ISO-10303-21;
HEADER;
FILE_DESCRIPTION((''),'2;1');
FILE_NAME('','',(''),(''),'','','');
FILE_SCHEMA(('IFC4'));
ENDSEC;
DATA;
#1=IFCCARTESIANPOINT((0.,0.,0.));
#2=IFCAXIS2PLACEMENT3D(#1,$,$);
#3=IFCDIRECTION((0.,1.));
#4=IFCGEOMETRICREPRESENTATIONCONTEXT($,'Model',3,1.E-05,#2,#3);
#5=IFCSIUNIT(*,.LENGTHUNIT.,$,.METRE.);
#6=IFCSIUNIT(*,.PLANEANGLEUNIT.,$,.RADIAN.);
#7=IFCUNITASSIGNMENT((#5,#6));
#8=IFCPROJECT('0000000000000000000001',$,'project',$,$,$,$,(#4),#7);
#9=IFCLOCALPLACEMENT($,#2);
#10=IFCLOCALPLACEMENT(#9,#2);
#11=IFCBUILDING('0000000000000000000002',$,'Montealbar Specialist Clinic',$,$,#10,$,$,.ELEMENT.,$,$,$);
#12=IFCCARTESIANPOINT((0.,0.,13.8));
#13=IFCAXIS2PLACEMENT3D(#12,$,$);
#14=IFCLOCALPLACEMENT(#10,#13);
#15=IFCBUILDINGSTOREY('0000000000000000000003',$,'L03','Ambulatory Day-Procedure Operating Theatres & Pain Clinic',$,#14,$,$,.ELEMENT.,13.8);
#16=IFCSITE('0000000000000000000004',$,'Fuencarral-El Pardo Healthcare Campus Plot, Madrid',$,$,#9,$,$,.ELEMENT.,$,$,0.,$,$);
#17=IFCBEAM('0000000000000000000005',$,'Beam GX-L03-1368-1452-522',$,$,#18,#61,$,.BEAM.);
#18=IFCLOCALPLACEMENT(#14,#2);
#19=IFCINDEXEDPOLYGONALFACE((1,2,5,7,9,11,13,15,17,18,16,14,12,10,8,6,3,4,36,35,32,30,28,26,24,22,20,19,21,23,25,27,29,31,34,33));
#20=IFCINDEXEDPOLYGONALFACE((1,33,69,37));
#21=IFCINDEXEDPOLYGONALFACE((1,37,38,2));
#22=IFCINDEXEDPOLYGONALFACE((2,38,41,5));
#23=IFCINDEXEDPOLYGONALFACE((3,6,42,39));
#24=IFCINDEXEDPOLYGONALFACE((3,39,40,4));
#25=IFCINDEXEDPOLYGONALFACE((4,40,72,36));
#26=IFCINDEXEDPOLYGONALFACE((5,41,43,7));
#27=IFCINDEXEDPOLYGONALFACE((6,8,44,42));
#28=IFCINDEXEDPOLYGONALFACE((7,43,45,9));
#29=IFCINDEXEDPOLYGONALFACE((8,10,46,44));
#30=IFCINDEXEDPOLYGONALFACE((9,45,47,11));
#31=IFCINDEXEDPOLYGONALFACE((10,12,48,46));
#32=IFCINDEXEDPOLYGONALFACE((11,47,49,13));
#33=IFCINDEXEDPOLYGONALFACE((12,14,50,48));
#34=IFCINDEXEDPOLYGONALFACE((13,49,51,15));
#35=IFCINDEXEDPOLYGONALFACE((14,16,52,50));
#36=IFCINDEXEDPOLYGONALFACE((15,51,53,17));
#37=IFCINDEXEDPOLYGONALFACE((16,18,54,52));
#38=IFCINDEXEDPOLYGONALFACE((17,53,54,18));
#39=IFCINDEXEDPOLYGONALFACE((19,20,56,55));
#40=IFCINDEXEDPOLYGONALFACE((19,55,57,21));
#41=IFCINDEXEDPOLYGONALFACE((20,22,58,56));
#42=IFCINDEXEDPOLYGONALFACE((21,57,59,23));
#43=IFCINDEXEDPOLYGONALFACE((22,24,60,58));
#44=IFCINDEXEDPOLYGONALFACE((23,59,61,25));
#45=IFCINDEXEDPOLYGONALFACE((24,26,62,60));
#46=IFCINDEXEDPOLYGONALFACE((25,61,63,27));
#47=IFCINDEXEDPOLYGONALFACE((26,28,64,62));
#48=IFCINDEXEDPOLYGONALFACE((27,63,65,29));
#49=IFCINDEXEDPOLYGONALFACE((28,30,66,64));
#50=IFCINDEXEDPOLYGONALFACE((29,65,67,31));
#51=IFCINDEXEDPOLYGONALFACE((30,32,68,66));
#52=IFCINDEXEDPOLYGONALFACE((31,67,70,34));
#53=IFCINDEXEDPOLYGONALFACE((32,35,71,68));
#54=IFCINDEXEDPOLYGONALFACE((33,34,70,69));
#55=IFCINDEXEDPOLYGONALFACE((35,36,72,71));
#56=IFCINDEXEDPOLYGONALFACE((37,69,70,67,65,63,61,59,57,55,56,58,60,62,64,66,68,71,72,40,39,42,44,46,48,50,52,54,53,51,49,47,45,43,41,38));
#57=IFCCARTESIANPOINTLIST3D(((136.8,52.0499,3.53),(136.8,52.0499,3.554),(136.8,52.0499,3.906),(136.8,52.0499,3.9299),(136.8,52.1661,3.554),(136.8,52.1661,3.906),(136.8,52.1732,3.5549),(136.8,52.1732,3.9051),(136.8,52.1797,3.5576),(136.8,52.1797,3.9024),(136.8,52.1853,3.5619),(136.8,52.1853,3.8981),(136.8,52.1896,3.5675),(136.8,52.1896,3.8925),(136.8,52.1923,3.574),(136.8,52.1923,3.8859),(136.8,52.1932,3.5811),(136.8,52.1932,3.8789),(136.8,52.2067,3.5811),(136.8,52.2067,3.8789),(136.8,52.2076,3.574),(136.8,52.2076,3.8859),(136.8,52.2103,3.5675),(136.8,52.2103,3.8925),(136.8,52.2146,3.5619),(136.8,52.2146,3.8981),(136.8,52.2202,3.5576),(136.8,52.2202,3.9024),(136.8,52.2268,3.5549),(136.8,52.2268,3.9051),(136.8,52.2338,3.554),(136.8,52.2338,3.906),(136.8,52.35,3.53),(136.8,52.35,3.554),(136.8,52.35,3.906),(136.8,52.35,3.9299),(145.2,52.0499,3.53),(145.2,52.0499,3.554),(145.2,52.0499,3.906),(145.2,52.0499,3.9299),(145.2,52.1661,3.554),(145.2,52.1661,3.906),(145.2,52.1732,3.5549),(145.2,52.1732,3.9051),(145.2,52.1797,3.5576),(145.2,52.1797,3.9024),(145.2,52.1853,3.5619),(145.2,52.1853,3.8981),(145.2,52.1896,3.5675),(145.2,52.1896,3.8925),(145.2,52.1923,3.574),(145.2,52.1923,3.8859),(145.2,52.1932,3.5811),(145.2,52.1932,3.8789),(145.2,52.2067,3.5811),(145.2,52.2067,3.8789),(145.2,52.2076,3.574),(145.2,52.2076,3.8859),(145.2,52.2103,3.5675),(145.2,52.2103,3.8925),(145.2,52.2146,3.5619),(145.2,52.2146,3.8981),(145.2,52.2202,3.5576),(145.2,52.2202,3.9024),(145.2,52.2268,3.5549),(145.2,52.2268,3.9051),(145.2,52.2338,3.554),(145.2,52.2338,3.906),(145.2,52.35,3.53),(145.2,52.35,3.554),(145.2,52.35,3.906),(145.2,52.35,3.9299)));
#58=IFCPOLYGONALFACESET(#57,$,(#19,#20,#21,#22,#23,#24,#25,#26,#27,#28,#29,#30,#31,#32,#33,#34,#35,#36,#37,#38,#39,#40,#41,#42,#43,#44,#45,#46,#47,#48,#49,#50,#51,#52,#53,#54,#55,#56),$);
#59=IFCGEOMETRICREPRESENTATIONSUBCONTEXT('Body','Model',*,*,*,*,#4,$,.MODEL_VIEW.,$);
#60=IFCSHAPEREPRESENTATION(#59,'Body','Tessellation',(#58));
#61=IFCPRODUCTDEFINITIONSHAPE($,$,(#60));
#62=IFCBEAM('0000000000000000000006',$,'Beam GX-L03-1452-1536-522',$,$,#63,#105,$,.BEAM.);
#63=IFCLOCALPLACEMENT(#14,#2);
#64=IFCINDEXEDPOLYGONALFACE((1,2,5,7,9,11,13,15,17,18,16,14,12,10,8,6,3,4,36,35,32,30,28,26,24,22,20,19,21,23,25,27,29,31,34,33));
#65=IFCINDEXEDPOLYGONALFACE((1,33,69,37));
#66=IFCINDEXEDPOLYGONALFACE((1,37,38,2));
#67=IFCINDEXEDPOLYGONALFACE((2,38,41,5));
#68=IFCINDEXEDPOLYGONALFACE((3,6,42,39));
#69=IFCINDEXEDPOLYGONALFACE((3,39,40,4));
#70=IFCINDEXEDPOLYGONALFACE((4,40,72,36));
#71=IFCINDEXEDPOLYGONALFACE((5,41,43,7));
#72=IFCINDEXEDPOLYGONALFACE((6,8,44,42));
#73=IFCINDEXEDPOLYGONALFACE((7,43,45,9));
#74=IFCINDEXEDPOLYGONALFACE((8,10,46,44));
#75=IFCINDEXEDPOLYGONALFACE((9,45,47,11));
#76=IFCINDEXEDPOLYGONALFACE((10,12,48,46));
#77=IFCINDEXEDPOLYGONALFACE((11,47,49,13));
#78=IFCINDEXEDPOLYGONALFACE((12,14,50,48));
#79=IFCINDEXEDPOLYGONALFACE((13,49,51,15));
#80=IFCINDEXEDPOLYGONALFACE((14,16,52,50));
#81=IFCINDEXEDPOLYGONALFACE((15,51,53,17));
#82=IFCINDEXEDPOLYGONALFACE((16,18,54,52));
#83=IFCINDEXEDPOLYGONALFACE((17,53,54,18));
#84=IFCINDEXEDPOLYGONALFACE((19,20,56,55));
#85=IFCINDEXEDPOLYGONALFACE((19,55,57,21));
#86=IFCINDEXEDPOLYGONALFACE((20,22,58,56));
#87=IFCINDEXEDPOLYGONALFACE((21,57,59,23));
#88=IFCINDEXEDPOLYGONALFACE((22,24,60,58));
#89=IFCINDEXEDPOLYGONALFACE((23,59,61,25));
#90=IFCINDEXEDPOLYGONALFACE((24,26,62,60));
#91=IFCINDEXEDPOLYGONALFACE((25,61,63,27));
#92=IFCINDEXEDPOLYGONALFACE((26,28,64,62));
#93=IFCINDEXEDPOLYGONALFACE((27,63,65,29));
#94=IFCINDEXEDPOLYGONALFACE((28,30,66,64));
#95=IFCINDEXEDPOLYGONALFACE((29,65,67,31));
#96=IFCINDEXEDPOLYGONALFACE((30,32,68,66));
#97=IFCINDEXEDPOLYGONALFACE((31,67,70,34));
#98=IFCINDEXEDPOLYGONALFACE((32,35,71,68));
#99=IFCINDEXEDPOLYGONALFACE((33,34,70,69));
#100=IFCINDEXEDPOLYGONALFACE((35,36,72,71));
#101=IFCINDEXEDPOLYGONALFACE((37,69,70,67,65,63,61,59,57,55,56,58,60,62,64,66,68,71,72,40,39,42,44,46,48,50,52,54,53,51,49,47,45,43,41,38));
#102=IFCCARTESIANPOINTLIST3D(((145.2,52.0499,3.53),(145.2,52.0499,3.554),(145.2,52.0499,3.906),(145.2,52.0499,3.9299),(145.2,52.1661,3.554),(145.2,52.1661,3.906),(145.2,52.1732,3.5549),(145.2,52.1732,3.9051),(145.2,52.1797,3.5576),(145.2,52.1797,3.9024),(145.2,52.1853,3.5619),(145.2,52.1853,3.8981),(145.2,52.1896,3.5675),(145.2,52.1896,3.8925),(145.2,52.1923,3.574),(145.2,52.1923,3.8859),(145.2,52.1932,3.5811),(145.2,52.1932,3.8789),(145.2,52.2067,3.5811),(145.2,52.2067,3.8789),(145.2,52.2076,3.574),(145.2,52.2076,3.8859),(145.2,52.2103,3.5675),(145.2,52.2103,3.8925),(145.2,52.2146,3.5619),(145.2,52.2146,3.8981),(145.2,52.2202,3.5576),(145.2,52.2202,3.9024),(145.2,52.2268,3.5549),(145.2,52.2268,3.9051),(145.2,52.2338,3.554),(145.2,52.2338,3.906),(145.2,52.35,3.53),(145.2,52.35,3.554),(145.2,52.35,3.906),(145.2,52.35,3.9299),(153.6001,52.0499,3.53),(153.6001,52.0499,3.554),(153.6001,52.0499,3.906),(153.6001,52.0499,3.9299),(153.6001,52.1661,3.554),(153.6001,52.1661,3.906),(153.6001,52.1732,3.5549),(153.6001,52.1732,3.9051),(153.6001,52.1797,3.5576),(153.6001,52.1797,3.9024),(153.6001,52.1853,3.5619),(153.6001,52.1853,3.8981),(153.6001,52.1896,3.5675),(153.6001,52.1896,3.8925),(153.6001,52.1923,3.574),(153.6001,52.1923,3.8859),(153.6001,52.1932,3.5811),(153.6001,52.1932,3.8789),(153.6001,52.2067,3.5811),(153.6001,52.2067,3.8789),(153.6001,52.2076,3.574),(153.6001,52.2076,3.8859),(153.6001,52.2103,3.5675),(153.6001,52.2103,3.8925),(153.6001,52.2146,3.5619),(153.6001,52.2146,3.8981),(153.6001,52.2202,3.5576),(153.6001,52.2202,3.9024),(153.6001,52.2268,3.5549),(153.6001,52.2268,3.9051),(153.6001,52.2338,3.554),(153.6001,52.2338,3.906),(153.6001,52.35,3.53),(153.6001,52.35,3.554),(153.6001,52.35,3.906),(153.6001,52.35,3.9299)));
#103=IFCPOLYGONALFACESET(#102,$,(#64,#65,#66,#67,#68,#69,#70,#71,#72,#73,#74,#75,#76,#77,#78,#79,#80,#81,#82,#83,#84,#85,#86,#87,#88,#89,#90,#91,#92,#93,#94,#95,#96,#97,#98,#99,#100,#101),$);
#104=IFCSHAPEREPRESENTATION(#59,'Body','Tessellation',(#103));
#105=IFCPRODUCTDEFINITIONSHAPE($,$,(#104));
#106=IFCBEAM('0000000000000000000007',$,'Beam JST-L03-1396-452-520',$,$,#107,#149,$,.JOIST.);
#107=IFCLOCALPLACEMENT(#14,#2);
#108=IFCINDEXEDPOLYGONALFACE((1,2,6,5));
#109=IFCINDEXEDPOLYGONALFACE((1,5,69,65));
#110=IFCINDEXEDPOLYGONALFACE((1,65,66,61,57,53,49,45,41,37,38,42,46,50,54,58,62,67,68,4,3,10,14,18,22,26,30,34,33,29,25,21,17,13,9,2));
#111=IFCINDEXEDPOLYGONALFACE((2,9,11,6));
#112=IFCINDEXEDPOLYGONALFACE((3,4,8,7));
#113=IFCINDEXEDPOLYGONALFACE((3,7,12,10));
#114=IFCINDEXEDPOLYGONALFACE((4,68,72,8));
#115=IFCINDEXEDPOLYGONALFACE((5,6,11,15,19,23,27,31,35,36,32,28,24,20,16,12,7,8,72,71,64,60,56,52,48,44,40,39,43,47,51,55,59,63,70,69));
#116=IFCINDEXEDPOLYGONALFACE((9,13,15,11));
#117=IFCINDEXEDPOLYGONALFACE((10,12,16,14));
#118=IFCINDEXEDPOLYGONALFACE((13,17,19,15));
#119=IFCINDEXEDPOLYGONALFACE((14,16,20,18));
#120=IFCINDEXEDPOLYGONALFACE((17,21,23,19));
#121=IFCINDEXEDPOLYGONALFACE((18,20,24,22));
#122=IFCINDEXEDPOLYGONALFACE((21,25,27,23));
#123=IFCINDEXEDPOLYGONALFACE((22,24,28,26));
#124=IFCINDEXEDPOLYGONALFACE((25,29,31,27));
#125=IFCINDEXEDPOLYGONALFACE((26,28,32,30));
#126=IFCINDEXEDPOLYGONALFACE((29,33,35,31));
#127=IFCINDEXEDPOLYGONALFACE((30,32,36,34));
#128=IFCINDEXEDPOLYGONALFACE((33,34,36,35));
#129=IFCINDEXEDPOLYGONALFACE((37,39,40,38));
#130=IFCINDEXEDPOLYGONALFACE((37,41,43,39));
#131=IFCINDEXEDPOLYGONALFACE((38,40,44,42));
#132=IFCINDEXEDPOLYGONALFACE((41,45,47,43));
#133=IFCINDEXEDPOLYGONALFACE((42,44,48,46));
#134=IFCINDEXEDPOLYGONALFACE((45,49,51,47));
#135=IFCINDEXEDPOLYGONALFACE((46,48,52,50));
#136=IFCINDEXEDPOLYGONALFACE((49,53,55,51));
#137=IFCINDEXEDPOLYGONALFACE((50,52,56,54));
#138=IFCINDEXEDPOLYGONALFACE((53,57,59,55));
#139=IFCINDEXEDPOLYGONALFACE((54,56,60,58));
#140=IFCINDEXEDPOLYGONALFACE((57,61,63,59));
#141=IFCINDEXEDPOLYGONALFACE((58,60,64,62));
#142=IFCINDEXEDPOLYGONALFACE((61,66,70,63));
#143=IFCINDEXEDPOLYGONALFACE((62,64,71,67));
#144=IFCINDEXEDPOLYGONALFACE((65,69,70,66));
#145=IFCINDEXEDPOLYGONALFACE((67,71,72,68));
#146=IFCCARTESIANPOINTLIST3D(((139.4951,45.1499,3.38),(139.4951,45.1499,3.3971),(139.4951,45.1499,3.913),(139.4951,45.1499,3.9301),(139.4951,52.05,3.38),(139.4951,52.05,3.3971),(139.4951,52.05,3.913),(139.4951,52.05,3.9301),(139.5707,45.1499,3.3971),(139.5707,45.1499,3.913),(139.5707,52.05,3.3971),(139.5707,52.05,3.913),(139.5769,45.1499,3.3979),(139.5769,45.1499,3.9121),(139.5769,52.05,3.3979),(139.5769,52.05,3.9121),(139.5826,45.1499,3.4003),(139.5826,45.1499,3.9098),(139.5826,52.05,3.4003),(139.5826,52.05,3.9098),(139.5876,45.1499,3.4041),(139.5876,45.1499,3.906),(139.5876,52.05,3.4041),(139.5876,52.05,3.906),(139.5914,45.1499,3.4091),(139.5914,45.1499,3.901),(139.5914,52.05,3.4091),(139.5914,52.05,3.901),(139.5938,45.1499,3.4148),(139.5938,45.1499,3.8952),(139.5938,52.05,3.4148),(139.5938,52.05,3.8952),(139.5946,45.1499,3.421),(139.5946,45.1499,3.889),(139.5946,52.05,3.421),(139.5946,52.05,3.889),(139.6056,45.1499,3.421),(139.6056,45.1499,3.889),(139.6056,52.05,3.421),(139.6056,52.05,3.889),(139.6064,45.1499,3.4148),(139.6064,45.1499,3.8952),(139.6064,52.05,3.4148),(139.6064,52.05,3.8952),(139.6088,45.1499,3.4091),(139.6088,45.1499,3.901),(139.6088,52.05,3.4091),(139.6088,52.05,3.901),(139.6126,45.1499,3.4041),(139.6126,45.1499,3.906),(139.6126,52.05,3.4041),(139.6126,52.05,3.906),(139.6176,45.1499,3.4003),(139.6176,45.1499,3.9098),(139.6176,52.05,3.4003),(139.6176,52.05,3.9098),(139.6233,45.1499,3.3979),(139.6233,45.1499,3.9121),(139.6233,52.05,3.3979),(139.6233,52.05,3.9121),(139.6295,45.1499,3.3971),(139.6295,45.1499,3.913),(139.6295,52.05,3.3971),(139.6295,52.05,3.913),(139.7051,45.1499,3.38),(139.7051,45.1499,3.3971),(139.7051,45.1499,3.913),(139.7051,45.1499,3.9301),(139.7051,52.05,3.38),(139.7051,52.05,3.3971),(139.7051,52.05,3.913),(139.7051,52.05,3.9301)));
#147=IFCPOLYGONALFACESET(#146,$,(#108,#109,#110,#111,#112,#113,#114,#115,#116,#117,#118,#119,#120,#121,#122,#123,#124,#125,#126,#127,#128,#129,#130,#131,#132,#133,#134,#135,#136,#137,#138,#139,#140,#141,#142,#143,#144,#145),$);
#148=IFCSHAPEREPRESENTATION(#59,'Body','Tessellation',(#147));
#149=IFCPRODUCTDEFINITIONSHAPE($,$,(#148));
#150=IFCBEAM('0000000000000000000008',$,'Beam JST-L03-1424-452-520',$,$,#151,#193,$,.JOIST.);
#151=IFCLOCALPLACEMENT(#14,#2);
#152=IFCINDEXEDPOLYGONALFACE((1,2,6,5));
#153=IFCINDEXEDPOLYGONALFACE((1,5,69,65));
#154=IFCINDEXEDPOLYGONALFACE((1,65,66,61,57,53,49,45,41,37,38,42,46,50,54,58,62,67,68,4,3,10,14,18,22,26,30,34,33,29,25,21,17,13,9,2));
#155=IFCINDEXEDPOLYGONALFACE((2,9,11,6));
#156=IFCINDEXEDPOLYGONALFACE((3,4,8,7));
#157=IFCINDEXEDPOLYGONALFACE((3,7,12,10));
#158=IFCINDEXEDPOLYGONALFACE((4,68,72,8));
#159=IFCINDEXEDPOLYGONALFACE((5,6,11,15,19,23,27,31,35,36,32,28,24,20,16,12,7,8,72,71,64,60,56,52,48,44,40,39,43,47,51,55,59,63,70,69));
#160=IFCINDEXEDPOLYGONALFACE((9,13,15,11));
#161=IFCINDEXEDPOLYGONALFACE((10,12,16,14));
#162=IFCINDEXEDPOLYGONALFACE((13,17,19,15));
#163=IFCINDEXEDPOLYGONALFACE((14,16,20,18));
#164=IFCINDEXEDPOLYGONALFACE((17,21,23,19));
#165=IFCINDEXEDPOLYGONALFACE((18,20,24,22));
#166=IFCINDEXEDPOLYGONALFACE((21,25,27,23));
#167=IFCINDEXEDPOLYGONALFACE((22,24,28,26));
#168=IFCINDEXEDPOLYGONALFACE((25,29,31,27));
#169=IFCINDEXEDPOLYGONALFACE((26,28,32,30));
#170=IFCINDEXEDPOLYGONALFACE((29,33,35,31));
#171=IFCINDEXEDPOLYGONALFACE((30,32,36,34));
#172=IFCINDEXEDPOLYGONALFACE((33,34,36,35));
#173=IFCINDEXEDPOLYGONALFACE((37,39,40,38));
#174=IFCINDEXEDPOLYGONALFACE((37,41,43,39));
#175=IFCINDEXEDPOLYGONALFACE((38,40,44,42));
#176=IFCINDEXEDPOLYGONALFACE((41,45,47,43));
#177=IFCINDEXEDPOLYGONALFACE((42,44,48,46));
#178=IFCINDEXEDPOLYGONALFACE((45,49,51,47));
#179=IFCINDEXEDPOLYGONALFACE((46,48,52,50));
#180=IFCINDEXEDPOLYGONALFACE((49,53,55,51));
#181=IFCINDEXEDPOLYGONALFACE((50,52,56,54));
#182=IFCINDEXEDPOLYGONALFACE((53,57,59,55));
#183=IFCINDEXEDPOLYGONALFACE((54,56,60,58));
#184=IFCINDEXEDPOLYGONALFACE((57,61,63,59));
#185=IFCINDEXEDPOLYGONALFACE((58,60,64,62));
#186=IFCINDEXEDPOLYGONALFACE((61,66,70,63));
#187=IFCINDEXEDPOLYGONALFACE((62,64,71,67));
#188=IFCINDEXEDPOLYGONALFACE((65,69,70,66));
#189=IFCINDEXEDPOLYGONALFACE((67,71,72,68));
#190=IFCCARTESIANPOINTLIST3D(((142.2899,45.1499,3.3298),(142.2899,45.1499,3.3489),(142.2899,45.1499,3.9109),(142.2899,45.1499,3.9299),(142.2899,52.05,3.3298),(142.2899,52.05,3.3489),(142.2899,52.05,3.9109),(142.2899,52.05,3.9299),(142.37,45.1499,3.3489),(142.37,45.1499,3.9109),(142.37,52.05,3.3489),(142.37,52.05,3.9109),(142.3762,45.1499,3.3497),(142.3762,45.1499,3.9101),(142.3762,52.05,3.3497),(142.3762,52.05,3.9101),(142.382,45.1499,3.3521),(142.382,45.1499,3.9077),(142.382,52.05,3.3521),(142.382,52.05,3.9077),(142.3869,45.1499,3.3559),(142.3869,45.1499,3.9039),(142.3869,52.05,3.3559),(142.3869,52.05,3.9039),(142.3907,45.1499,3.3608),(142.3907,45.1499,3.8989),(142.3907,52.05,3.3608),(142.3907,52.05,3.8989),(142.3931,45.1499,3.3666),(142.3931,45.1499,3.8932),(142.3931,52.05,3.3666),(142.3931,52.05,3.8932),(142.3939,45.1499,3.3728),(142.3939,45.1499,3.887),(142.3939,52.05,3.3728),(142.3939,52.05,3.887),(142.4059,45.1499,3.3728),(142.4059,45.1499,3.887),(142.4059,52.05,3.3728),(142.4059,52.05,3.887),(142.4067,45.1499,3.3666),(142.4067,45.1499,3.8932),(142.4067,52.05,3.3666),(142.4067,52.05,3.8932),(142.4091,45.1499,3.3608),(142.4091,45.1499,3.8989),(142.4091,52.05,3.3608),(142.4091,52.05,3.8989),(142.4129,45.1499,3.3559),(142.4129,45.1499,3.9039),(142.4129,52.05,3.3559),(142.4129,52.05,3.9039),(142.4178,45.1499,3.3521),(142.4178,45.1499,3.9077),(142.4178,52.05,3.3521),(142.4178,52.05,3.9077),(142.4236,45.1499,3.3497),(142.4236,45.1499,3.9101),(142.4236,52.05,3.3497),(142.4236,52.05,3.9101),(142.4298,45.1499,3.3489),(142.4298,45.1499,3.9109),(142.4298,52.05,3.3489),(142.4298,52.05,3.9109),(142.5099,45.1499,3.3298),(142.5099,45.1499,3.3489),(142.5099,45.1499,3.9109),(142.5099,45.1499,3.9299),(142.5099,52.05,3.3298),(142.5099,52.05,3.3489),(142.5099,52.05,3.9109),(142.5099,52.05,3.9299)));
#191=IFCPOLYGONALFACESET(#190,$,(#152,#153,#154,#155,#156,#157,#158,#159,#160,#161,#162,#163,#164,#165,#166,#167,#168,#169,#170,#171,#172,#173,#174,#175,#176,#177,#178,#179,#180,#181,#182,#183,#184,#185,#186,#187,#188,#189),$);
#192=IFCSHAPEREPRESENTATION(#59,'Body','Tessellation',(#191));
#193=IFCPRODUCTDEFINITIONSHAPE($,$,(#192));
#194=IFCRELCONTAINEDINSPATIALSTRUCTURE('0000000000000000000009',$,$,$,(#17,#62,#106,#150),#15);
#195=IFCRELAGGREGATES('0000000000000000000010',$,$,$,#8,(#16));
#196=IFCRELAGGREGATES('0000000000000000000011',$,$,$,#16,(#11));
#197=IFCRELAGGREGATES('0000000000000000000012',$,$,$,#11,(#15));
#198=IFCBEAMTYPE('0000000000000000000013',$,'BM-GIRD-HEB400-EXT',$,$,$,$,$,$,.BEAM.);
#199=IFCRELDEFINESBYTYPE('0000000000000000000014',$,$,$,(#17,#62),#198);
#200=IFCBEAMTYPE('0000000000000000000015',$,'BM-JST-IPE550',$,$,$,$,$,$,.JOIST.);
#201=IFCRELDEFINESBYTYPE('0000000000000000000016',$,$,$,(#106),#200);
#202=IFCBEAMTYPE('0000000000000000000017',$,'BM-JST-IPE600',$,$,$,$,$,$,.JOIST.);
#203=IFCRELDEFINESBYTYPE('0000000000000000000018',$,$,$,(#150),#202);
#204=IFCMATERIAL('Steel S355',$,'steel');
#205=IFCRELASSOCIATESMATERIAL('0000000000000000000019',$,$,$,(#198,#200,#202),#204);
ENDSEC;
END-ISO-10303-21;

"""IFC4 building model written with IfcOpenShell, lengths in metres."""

from ifc_helpers import new_model, si_unit, direction, frame, origin, origin_2d, place, context, subcontext, project, spatial, i_section, extrude, material, material_profile, profile_set, type_object, element, save


model = new_model("IFC4")

# Units and contexts
model_context = context("Model", 3, precision=1e-05, world=origin(), true_north=direction((0.0, 1.0)))
body_context = subcontext(model_context, "Body", "Model", "MODEL_VIEW")
ifc_project = project(units=[si_unit("LENGTHUNIT", "METRE"), si_unit("PLANEANGLEUNIT", "RADIAN")], contexts=[model_context])

# Site, building, storey
site_placement = place(None, origin())
site = spatial("IfcSite", under=ifc_project, at=site_placement, Name="Fuencarral-El Pardo Healthcare Campus Plot, Madrid", CompositionType="ELEMENT", RefElevation=0.0)
building_placement = place(site_placement, origin())
building = spatial("IfcBuilding", under=site, at=building_placement, Name="Montealbar Specialist Clinic", CompositionType="ELEMENT")
storey_placement = place(building_placement, frame((0.0, 0.0, 13.8)))
storey = spatial("IfcBuildingStorey", under=building, at=storey_placement, Name="L03", Description="Ambulatory Day-Procedure Operating Theatres & Pain Clinic", CompositionType="ELEMENT", Elevation=13.8)

# Shared definitions
ifc_material_1 = material(Name="Steel S355", Category="steel")

# Beams
ifc_material_profile_1 = material_profile(ifc_material_1, i_section(OverallWidth=0.3, OverallDepth=0.3999, WebThickness=0.0134, FlangeThickness=0.0239, FilletRadius=0.0271, at=origin_2d()), Name="HEB 400", Category="steel")
ifc_profile_set_1 = profile_set([ifc_material_profile_1], Name="Steel S355")
beam_type_1 = type_object("IfcBeamType", Name="BM-GIRD-HEB400-EXT", PredefinedType="BEAM", material=ifc_profile_set_1)
beam_1_placement = place(storey_placement, frame((136.8, 52.2, 3.73), z_axis=(1.0, 0.0, 0.0), x_axis=(0.0, 1.0, 0.0)))
element("IfcBeam", 1, at=beam_1_placement, inside=storey, type_object=beam_type_1, Name="Beam GX-L03-1368-1452-522", PredefinedType="BEAM", context=body_context, shape_type="SweptSolid", body=[
    extrude(i_section(OverallWidth=0.3, OverallDepth=0.3999, WebThickness=0.0134, FlangeThickness=0.0239, FilletRadius=0.0271, at=origin_2d()), origin(), (0.0, 0.0, 1.0), 8.3999),
])
beam_2_placement = place(storey_placement, frame((145.2, 52.2, 3.73), z_axis=(1.0, 0.0, 0.0), x_axis=(0.0, 1.0, 0.0)))
element("IfcBeam", 2, at=beam_2_placement, inside=storey, type_object=beam_type_1, Name="Beam GX-L03-1452-1536-522", PredefinedType="BEAM", context=body_context, shape_type="SweptSolid", body=[
    extrude(i_section(OverallWidth=0.3, OverallDepth=0.3999, WebThickness=0.0134, FlangeThickness=0.0239, FilletRadius=0.0271, at=origin_2d()), origin(), (0.0, 0.0, 1.0), 8.4001),
])
ifc_material_profile_2 = material_profile(ifc_material_1, i_section(OverallWidth=0.21, OverallDepth=0.55, WebThickness=0.011, FlangeThickness=0.0171, FilletRadius=0.0239, at=origin_2d()), Name="IPE 550", Category="steel")
ifc_profile_set_2 = profile_set([ifc_material_profile_2], Name="Steel S355")
beam_type_2 = type_object("IfcBeamType", Name="BM-JST-IPE550", PredefinedType="JOIST", material=ifc_profile_set_2)
beam_3_placement = place(storey_placement, frame((139.6001, 45.1499, 3.655), z_axis=(0.0, 1.0, 0.0), x_axis=(-1.0, 0.0, 0.0)))
element("IfcBeam", 3, at=beam_3_placement, inside=storey, type_object=beam_type_2, Name="Beam JST-L03-1396-452-520", PredefinedType="JOIST", context=body_context, shape_type="SweptSolid", body=[
    extrude(i_section(OverallWidth=0.21, OverallDepth=0.55, WebThickness=0.011, FlangeThickness=0.0171, FilletRadius=0.0239, at=origin_2d()), origin(), (0.0, 0.0, 1.0), 6.9001),
])
ifc_material_profile_3 = material_profile(ifc_material_1, i_section(OverallWidth=0.22, OverallDepth=0.6001, WebThickness=0.012, FlangeThickness=0.019, FilletRadius=0.0239, at=origin_2d()), Name="IPE 600", Category="steel")
ifc_profile_set_3 = profile_set([ifc_material_profile_3], Name="Steel S355")
beam_type_3 = type_object("IfcBeamType", Name="BM-JST-IPE600", PredefinedType="JOIST", material=ifc_profile_set_3)
beam_4_placement = place(storey_placement, frame((142.3999, 45.1499, 3.6299), z_axis=(0.0, 1.0, 0.0), x_axis=(-1.0, 0.0, 0.0)))
element("IfcBeam", 4, at=beam_4_placement, inside=storey, type_object=beam_type_3, Name="Beam JST-L03-1424-452-520", PredefinedType="JOIST", context=body_context, shape_type="SweptSolid", body=[
    extrude(i_section(OverallWidth=0.22, OverallDepth=0.6001, WebThickness=0.012, FlangeThickness=0.019, FilletRadius=0.0239, at=origin_2d()), origin(), (0.0, 0.0, 1.0), 6.9001),
])

save(model, "model.ifc")
